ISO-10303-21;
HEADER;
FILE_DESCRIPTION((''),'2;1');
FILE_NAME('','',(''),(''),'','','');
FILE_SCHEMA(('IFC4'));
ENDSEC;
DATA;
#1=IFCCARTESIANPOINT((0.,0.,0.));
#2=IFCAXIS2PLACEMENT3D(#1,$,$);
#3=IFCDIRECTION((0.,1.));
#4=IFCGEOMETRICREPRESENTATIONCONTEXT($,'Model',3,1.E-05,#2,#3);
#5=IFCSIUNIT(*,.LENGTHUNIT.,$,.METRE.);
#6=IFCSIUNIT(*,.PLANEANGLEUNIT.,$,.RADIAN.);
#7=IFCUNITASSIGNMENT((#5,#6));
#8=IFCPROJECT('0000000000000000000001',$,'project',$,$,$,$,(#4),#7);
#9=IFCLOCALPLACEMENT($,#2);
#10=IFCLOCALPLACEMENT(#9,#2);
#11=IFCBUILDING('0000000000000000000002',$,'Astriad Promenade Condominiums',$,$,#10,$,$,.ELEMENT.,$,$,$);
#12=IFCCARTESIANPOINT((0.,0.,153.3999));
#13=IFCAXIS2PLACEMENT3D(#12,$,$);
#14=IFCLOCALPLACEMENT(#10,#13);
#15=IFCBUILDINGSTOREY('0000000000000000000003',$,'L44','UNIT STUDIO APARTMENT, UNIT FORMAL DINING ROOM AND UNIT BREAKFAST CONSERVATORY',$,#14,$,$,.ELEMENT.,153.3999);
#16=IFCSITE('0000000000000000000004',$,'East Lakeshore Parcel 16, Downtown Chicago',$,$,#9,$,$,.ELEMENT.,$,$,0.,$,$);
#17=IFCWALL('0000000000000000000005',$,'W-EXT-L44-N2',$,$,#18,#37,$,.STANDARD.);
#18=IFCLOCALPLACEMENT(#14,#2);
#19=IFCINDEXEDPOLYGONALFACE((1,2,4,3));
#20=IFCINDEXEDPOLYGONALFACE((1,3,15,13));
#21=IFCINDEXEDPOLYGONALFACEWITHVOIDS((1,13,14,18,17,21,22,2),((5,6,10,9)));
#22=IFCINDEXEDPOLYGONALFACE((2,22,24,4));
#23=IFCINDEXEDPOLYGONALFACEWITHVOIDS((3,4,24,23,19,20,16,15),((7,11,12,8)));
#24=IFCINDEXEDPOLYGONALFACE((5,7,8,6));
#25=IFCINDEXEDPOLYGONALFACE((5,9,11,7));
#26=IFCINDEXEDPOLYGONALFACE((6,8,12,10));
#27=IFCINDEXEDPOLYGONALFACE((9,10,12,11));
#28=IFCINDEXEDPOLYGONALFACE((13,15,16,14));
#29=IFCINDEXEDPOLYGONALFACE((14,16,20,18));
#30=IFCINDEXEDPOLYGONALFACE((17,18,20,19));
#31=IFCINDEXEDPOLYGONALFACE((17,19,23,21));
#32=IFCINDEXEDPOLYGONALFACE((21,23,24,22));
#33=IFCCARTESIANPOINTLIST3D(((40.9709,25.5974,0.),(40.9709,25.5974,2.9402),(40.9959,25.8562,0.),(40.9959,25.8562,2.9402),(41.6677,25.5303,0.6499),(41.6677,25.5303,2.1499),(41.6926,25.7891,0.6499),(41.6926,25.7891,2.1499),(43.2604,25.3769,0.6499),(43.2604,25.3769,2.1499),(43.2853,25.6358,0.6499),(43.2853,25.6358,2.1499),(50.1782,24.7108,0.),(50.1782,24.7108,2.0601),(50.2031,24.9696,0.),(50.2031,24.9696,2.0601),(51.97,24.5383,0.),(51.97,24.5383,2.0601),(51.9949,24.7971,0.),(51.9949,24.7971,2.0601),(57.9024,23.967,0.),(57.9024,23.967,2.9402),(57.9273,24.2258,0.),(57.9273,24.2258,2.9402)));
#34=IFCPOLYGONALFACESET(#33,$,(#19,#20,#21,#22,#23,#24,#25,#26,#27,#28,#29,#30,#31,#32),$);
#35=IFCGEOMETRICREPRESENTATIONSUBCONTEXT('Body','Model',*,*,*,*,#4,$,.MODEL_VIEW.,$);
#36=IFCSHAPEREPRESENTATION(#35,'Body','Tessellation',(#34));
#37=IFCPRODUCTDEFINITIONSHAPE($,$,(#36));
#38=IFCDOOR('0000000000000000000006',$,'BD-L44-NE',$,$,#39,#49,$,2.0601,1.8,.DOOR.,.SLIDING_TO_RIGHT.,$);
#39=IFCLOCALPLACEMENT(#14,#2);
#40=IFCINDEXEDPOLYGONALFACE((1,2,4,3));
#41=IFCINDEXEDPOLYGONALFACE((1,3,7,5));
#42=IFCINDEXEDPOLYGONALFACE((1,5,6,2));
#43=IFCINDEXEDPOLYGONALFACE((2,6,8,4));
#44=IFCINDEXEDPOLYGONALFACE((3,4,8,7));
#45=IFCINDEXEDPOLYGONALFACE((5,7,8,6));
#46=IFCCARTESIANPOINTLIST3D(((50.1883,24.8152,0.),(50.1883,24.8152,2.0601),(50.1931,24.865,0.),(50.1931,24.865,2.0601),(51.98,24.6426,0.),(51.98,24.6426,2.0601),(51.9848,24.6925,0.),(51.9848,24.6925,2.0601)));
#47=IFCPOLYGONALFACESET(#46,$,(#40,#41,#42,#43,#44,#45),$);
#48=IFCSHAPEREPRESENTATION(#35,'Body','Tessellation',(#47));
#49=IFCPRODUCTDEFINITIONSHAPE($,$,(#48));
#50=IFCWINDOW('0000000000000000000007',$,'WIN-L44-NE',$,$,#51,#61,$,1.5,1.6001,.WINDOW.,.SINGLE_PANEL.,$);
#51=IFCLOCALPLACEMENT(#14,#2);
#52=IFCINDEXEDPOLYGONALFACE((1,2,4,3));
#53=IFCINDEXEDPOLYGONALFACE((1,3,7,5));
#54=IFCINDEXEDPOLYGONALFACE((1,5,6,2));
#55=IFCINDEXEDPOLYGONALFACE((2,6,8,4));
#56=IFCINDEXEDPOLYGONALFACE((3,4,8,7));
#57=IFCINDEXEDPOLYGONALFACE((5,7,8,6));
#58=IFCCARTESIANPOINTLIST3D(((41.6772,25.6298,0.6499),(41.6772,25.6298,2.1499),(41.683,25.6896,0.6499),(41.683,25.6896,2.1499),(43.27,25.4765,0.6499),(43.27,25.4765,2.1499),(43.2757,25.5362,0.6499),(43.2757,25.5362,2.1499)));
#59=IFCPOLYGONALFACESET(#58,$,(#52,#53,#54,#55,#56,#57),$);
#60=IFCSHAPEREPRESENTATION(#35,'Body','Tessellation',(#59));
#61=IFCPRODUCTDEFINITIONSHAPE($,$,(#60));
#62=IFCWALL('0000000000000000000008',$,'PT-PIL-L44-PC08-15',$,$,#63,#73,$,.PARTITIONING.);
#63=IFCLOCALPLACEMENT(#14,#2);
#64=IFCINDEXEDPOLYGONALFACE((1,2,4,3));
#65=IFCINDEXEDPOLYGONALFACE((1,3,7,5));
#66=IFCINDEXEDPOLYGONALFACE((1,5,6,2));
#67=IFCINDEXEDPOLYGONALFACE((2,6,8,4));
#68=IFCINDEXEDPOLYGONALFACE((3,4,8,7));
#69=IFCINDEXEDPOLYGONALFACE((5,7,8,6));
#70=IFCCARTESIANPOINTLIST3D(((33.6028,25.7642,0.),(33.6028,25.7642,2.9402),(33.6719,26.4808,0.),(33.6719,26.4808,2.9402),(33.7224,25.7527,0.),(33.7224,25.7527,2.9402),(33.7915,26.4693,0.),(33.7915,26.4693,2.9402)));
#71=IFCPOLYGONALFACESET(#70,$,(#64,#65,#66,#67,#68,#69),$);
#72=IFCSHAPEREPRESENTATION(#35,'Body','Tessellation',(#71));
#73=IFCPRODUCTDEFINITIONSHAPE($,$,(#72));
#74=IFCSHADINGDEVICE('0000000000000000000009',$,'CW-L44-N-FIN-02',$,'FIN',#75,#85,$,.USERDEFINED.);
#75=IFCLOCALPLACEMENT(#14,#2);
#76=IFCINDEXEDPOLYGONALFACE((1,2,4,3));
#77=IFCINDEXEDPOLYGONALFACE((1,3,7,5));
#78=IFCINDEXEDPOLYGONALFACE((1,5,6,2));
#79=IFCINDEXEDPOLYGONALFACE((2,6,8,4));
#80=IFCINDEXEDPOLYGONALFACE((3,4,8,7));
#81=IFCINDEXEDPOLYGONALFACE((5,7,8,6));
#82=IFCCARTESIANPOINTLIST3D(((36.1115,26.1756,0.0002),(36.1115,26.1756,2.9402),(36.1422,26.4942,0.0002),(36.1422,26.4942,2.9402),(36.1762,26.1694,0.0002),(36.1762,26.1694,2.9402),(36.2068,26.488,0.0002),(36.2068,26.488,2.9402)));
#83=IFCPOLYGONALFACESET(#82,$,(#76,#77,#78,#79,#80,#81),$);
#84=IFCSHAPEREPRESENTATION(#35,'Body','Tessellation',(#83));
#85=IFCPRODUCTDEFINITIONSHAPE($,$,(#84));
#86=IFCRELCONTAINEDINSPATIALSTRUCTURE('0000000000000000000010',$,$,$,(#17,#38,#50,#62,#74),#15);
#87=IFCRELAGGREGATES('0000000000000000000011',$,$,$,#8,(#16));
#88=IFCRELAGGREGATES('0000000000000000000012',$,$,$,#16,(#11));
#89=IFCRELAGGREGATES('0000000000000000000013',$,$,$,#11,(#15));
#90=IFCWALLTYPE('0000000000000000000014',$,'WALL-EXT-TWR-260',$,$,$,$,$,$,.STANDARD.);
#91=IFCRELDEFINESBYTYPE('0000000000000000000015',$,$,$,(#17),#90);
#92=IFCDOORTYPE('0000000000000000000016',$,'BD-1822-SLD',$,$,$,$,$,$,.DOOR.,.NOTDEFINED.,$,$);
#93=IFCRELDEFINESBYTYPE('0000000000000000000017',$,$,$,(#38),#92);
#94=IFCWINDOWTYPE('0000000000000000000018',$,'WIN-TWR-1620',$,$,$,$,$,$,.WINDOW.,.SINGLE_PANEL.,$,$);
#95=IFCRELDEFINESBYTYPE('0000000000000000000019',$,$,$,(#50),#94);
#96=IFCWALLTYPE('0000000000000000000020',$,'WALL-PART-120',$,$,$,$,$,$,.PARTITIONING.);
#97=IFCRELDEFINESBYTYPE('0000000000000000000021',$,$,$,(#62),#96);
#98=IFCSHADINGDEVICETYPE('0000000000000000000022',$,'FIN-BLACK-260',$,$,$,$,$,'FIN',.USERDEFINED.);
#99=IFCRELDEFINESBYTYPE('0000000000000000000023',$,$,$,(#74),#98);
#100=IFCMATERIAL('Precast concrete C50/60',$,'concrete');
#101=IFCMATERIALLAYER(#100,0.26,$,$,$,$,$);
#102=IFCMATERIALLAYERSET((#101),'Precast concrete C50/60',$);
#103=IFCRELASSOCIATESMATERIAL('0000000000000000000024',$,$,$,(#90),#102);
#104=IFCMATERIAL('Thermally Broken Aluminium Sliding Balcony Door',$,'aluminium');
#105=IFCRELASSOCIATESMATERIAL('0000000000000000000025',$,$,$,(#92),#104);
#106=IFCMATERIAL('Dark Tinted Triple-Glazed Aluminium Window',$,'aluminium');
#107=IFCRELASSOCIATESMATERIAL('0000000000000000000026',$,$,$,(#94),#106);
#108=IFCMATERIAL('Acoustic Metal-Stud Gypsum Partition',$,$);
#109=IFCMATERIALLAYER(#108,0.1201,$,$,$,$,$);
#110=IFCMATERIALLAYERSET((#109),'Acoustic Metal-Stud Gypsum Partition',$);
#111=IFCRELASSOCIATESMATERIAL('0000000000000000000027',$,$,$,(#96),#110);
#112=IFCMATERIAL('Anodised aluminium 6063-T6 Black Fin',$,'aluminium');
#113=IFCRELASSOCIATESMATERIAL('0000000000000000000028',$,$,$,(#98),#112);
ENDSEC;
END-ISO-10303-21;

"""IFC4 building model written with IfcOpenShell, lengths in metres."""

from ifc_helpers import new_model, si_unit, direction, frame, frame_2d, origin, origin_2d, place, context, subcontext, project, spatial, rectangle, extrude, source, transform, mapped, material, layer, layer_set, type_object, type_shapes, element, fill, save


model = new_model("IFC4")

# Units and contexts
model_context = context("Model", 3, precision=1e-05, world=origin(), true_north=direction((0.0, 1.0)))
body_context = subcontext(model_context, "Body", "Model", "MODEL_VIEW")
ifc_project = project(units=[si_unit("LENGTHUNIT", "METRE"), si_unit("PLANEANGLEUNIT", "RADIAN")], contexts=[model_context])

# Site, building, storey
site_placement = place(None, origin())
site = spatial("IfcSite", under=ifc_project, at=site_placement, Name="East Lakeshore Parcel 16, Downtown Chicago", CompositionType="ELEMENT", RefElevation=0.0)
building_placement = place(site_placement, origin())
building = spatial("IfcBuilding", under=site, at=building_placement, Name="Astriad Promenade Condominiums", CompositionType="ELEMENT")
storey_placement = place(building_placement, frame((0.0, 0.0, 153.3999)))
storey = spatial("IfcBuildingStorey", under=building, at=storey_placement, Name="L44", Description="UNIT STUDIO APARTMENT, UNIT FORMAL DINING ROOM AND UNIT BREAKFAST CONSERVATORY", CompositionType="ELEMENT", Elevation=153.3999)

# Wall, openings, door, window
ifc_material_1 = material(Name="Precast concrete C50/60", Category="concrete")
ifc_layer_1 = layer(ifc_material_1, 0.26)
ifc_layer_set_1 = layer_set([ifc_layer_1], Name="Precast concrete C50/60")
wall_type_1 = type_object("IfcWallType", Name="WALL-EXT-TWR-260", PredefinedType="STANDARD", material=ifc_layer_set_1)
wall_1_placement = place(storey_placement, frame((40.9834, 25.7268, 0.0), z_axis=(0.0, 0.0, 1.0), x_axis=(0.995396, -0.095849, 0.0)))
wall_1 = element("IfcWall", 1, at=wall_1_placement, inside=storey, type_object=wall_type_1, Name="W-EXT-L44-N2", PredefinedType="STANDARD", context=body_context, shape_type="SweptSolid", body=[
    extrude(rectangle(XDim=17.0098, YDim=0.26, at=frame_2d((8.5049, 0.0))), origin(), (0.0, 0.0, 1.0), 2.9402),
])
opening_1_placement = place(wall_1_placement, frame((9.25, 0.0, 0.0)))
opening_1 = element("IfcOpeningElement", 2, at=opening_1_placement, cuts=wall_1, PredefinedType="OPENING", context=body_context, shape_type="SweptSolid", body=[
    extrude(rectangle(XDim=1.8, YDim=2.0601, at=frame_2d((0.8999, 1.03))), frame((0.0, 0.1399, 0.0), z_axis=(0.0, -1.0, 0.0), x_axis=(1.0, 0.0, 0.0)), (0.0, 0.0, 1.0), 0.28),
])
opening_2_placement = place(wall_1_placement, frame((0.7, 0.0, 0.6499)))
opening_2 = element("IfcOpeningElement", 3, at=opening_2_placement, cuts=wall_1, PredefinedType="OPENING", context=body_context, shape_type="SweptSolid", body=[
    extrude(rectangle(XDim=1.6001, YDim=1.5, at=frame_2d((0.8, 0.75))), frame((0.0, 0.1399, 0.0), z_axis=(0.0, -1.0, 0.0), x_axis=(1.0, 0.0, 0.0)), (0.0, 0.0, 1.0), 0.28),
])
ifc_material_2 = material(Name="Thermally Broken Aluminium Sliding Balcony Door", Category="aluminium")
door_type = type_object("IfcDoorType", Name="BD-1822-SLD", OperationType="NOTDEFINED", PredefinedType="DOOR", material=ifc_material_2)
shared_shape_1 = source(origin(), body_context, "Body", "SweptSolid", [
    extrude(rectangle(XDim=1.8, YDim=2.0601, at=frame_2d((0.8999, 1.03))), frame((0.0, 0.0249, 0.0), z_axis=(0.0, -1.0, 0.0), x_axis=(1.0, 0.0, 0.0)), (0.0, 0.0, 1.0), 0.05),
])
type_shapes(door_type, [shared_shape_1])
door_placement = place(opening_1_placement, origin())
door = element("IfcDoor", 4, at=door_placement, inside=storey, type_object=door_type, Name="BD-L44-NE", OperationType="SLIDING_TO_RIGHT", OverallHeight=2.0601, OverallWidth=1.8, PredefinedType="DOOR", context=body_context, shape_type="MappedRepresentation", body=[
    mapped(shared_shape_1, transform((0.0, 0.0, 0.0), scale=1.0)),
])
fill(opening_1, door)
ifc_material_3 = material(Name="Dark Tinted Triple-Glazed Aluminium Window", Category="aluminium")
window_type = type_object("IfcWindowType", Name="WIN-TWR-1620", PartitioningType="SINGLE_PANEL", PredefinedType="WINDOW", material=ifc_material_3)
shared_shape_2 = source(origin(), body_context, "Body", "SweptSolid", [
    extrude(rectangle(XDim=1.6001, YDim=1.5, at=frame_2d((0.8, 0.75))), frame((0.0, 0.03, 0.0), z_axis=(0.0, -1.0, 0.0), x_axis=(1.0, 0.0, 0.0)), (0.0, 0.0, 1.0), 0.0601),
])
type_shapes(window_type, [shared_shape_2])
window_placement = place(opening_2_placement, origin())
window = element("IfcWindow", 5, at=window_placement, inside=storey, type_object=window_type, Name="WIN-L44-NE", OverallHeight=1.5, OverallWidth=1.6001, PartitioningType="SINGLE_PANEL", PredefinedType="WINDOW", context=body_context, shape_type="MappedRepresentation", body=[
    mapped(shared_shape_2, transform((0.0, 0.0, 0.0), scale=1.0)),
])
fill(opening_2, window)

# Wall
ifc_material_4 = material(Name="Acoustic Metal-Stud Gypsum Partition")
ifc_layer_2 = layer(ifc_material_4, 0.1201)
ifc_layer_set_2 = layer_set([ifc_layer_2], Name="Acoustic Metal-Stud Gypsum Partition")
wall_type_2 = type_object("IfcWallType", Name="WALL-PART-120", PredefinedType="PARTITIONING", material=ifc_layer_set_2)
wall_2_placement = place(storey_placement, frame((33.6626, 25.7585, 0.0), z_axis=(0.0, 0.0, 1.0), x_axis=(0.095977, 0.995384, 0.0)))
element("IfcWall", 6, at=wall_2_placement, inside=storey, type_object=wall_type_2, Name="PT-PIL-L44-PC08-15", PredefinedType="PARTITIONING", context=body_context, shape_type="SweptSolid", body=[
    extrude(rectangle(XDim=0.72, YDim=0.1201, at=frame_2d((0.3599, 0.0))), origin(), (0.0, 0.0, 1.0), 2.9402),
])

# Shading device
ifc_material_5 = material(Name="Anodised aluminium 6063-T6 Black Fin", Category="aluminium")
shading_device_type = type_object("IfcShadingDeviceType", Name="FIN-BLACK-260", ElementType="FIN", PredefinedType="USERDEFINED", material=ifc_material_5)
shared_shape_3 = source(origin(), body_context, "Body", "SweptSolid", [
    extrude(rectangle(XDim=0.0649, YDim=0.3201, at=origin_2d()), origin(), (0.0, 0.0, 1.0), 2.9399),
])
type_shapes(shading_device_type, [shared_shape_3])
shading_device_placement = place(storey_placement, frame((36.1592, 26.3318, 0.0002), z_axis=(0.0, 0.0, 1.0), x_axis=(0.995396, -0.095846, 0.0)))
element("IfcShadingDevice", 7, at=shading_device_placement, inside=storey, type_object=shading_device_type, Name="CW-L44-N-FIN-02", ObjectType="FIN", PredefinedType="USERDEFINED", context=body_context, shape_type="MappedRepresentation", body=[
    mapped(shared_shape_3, transform((0.0, 0.0, 0.0), scale=1.0)),
])

save(model, "model.ifc")
